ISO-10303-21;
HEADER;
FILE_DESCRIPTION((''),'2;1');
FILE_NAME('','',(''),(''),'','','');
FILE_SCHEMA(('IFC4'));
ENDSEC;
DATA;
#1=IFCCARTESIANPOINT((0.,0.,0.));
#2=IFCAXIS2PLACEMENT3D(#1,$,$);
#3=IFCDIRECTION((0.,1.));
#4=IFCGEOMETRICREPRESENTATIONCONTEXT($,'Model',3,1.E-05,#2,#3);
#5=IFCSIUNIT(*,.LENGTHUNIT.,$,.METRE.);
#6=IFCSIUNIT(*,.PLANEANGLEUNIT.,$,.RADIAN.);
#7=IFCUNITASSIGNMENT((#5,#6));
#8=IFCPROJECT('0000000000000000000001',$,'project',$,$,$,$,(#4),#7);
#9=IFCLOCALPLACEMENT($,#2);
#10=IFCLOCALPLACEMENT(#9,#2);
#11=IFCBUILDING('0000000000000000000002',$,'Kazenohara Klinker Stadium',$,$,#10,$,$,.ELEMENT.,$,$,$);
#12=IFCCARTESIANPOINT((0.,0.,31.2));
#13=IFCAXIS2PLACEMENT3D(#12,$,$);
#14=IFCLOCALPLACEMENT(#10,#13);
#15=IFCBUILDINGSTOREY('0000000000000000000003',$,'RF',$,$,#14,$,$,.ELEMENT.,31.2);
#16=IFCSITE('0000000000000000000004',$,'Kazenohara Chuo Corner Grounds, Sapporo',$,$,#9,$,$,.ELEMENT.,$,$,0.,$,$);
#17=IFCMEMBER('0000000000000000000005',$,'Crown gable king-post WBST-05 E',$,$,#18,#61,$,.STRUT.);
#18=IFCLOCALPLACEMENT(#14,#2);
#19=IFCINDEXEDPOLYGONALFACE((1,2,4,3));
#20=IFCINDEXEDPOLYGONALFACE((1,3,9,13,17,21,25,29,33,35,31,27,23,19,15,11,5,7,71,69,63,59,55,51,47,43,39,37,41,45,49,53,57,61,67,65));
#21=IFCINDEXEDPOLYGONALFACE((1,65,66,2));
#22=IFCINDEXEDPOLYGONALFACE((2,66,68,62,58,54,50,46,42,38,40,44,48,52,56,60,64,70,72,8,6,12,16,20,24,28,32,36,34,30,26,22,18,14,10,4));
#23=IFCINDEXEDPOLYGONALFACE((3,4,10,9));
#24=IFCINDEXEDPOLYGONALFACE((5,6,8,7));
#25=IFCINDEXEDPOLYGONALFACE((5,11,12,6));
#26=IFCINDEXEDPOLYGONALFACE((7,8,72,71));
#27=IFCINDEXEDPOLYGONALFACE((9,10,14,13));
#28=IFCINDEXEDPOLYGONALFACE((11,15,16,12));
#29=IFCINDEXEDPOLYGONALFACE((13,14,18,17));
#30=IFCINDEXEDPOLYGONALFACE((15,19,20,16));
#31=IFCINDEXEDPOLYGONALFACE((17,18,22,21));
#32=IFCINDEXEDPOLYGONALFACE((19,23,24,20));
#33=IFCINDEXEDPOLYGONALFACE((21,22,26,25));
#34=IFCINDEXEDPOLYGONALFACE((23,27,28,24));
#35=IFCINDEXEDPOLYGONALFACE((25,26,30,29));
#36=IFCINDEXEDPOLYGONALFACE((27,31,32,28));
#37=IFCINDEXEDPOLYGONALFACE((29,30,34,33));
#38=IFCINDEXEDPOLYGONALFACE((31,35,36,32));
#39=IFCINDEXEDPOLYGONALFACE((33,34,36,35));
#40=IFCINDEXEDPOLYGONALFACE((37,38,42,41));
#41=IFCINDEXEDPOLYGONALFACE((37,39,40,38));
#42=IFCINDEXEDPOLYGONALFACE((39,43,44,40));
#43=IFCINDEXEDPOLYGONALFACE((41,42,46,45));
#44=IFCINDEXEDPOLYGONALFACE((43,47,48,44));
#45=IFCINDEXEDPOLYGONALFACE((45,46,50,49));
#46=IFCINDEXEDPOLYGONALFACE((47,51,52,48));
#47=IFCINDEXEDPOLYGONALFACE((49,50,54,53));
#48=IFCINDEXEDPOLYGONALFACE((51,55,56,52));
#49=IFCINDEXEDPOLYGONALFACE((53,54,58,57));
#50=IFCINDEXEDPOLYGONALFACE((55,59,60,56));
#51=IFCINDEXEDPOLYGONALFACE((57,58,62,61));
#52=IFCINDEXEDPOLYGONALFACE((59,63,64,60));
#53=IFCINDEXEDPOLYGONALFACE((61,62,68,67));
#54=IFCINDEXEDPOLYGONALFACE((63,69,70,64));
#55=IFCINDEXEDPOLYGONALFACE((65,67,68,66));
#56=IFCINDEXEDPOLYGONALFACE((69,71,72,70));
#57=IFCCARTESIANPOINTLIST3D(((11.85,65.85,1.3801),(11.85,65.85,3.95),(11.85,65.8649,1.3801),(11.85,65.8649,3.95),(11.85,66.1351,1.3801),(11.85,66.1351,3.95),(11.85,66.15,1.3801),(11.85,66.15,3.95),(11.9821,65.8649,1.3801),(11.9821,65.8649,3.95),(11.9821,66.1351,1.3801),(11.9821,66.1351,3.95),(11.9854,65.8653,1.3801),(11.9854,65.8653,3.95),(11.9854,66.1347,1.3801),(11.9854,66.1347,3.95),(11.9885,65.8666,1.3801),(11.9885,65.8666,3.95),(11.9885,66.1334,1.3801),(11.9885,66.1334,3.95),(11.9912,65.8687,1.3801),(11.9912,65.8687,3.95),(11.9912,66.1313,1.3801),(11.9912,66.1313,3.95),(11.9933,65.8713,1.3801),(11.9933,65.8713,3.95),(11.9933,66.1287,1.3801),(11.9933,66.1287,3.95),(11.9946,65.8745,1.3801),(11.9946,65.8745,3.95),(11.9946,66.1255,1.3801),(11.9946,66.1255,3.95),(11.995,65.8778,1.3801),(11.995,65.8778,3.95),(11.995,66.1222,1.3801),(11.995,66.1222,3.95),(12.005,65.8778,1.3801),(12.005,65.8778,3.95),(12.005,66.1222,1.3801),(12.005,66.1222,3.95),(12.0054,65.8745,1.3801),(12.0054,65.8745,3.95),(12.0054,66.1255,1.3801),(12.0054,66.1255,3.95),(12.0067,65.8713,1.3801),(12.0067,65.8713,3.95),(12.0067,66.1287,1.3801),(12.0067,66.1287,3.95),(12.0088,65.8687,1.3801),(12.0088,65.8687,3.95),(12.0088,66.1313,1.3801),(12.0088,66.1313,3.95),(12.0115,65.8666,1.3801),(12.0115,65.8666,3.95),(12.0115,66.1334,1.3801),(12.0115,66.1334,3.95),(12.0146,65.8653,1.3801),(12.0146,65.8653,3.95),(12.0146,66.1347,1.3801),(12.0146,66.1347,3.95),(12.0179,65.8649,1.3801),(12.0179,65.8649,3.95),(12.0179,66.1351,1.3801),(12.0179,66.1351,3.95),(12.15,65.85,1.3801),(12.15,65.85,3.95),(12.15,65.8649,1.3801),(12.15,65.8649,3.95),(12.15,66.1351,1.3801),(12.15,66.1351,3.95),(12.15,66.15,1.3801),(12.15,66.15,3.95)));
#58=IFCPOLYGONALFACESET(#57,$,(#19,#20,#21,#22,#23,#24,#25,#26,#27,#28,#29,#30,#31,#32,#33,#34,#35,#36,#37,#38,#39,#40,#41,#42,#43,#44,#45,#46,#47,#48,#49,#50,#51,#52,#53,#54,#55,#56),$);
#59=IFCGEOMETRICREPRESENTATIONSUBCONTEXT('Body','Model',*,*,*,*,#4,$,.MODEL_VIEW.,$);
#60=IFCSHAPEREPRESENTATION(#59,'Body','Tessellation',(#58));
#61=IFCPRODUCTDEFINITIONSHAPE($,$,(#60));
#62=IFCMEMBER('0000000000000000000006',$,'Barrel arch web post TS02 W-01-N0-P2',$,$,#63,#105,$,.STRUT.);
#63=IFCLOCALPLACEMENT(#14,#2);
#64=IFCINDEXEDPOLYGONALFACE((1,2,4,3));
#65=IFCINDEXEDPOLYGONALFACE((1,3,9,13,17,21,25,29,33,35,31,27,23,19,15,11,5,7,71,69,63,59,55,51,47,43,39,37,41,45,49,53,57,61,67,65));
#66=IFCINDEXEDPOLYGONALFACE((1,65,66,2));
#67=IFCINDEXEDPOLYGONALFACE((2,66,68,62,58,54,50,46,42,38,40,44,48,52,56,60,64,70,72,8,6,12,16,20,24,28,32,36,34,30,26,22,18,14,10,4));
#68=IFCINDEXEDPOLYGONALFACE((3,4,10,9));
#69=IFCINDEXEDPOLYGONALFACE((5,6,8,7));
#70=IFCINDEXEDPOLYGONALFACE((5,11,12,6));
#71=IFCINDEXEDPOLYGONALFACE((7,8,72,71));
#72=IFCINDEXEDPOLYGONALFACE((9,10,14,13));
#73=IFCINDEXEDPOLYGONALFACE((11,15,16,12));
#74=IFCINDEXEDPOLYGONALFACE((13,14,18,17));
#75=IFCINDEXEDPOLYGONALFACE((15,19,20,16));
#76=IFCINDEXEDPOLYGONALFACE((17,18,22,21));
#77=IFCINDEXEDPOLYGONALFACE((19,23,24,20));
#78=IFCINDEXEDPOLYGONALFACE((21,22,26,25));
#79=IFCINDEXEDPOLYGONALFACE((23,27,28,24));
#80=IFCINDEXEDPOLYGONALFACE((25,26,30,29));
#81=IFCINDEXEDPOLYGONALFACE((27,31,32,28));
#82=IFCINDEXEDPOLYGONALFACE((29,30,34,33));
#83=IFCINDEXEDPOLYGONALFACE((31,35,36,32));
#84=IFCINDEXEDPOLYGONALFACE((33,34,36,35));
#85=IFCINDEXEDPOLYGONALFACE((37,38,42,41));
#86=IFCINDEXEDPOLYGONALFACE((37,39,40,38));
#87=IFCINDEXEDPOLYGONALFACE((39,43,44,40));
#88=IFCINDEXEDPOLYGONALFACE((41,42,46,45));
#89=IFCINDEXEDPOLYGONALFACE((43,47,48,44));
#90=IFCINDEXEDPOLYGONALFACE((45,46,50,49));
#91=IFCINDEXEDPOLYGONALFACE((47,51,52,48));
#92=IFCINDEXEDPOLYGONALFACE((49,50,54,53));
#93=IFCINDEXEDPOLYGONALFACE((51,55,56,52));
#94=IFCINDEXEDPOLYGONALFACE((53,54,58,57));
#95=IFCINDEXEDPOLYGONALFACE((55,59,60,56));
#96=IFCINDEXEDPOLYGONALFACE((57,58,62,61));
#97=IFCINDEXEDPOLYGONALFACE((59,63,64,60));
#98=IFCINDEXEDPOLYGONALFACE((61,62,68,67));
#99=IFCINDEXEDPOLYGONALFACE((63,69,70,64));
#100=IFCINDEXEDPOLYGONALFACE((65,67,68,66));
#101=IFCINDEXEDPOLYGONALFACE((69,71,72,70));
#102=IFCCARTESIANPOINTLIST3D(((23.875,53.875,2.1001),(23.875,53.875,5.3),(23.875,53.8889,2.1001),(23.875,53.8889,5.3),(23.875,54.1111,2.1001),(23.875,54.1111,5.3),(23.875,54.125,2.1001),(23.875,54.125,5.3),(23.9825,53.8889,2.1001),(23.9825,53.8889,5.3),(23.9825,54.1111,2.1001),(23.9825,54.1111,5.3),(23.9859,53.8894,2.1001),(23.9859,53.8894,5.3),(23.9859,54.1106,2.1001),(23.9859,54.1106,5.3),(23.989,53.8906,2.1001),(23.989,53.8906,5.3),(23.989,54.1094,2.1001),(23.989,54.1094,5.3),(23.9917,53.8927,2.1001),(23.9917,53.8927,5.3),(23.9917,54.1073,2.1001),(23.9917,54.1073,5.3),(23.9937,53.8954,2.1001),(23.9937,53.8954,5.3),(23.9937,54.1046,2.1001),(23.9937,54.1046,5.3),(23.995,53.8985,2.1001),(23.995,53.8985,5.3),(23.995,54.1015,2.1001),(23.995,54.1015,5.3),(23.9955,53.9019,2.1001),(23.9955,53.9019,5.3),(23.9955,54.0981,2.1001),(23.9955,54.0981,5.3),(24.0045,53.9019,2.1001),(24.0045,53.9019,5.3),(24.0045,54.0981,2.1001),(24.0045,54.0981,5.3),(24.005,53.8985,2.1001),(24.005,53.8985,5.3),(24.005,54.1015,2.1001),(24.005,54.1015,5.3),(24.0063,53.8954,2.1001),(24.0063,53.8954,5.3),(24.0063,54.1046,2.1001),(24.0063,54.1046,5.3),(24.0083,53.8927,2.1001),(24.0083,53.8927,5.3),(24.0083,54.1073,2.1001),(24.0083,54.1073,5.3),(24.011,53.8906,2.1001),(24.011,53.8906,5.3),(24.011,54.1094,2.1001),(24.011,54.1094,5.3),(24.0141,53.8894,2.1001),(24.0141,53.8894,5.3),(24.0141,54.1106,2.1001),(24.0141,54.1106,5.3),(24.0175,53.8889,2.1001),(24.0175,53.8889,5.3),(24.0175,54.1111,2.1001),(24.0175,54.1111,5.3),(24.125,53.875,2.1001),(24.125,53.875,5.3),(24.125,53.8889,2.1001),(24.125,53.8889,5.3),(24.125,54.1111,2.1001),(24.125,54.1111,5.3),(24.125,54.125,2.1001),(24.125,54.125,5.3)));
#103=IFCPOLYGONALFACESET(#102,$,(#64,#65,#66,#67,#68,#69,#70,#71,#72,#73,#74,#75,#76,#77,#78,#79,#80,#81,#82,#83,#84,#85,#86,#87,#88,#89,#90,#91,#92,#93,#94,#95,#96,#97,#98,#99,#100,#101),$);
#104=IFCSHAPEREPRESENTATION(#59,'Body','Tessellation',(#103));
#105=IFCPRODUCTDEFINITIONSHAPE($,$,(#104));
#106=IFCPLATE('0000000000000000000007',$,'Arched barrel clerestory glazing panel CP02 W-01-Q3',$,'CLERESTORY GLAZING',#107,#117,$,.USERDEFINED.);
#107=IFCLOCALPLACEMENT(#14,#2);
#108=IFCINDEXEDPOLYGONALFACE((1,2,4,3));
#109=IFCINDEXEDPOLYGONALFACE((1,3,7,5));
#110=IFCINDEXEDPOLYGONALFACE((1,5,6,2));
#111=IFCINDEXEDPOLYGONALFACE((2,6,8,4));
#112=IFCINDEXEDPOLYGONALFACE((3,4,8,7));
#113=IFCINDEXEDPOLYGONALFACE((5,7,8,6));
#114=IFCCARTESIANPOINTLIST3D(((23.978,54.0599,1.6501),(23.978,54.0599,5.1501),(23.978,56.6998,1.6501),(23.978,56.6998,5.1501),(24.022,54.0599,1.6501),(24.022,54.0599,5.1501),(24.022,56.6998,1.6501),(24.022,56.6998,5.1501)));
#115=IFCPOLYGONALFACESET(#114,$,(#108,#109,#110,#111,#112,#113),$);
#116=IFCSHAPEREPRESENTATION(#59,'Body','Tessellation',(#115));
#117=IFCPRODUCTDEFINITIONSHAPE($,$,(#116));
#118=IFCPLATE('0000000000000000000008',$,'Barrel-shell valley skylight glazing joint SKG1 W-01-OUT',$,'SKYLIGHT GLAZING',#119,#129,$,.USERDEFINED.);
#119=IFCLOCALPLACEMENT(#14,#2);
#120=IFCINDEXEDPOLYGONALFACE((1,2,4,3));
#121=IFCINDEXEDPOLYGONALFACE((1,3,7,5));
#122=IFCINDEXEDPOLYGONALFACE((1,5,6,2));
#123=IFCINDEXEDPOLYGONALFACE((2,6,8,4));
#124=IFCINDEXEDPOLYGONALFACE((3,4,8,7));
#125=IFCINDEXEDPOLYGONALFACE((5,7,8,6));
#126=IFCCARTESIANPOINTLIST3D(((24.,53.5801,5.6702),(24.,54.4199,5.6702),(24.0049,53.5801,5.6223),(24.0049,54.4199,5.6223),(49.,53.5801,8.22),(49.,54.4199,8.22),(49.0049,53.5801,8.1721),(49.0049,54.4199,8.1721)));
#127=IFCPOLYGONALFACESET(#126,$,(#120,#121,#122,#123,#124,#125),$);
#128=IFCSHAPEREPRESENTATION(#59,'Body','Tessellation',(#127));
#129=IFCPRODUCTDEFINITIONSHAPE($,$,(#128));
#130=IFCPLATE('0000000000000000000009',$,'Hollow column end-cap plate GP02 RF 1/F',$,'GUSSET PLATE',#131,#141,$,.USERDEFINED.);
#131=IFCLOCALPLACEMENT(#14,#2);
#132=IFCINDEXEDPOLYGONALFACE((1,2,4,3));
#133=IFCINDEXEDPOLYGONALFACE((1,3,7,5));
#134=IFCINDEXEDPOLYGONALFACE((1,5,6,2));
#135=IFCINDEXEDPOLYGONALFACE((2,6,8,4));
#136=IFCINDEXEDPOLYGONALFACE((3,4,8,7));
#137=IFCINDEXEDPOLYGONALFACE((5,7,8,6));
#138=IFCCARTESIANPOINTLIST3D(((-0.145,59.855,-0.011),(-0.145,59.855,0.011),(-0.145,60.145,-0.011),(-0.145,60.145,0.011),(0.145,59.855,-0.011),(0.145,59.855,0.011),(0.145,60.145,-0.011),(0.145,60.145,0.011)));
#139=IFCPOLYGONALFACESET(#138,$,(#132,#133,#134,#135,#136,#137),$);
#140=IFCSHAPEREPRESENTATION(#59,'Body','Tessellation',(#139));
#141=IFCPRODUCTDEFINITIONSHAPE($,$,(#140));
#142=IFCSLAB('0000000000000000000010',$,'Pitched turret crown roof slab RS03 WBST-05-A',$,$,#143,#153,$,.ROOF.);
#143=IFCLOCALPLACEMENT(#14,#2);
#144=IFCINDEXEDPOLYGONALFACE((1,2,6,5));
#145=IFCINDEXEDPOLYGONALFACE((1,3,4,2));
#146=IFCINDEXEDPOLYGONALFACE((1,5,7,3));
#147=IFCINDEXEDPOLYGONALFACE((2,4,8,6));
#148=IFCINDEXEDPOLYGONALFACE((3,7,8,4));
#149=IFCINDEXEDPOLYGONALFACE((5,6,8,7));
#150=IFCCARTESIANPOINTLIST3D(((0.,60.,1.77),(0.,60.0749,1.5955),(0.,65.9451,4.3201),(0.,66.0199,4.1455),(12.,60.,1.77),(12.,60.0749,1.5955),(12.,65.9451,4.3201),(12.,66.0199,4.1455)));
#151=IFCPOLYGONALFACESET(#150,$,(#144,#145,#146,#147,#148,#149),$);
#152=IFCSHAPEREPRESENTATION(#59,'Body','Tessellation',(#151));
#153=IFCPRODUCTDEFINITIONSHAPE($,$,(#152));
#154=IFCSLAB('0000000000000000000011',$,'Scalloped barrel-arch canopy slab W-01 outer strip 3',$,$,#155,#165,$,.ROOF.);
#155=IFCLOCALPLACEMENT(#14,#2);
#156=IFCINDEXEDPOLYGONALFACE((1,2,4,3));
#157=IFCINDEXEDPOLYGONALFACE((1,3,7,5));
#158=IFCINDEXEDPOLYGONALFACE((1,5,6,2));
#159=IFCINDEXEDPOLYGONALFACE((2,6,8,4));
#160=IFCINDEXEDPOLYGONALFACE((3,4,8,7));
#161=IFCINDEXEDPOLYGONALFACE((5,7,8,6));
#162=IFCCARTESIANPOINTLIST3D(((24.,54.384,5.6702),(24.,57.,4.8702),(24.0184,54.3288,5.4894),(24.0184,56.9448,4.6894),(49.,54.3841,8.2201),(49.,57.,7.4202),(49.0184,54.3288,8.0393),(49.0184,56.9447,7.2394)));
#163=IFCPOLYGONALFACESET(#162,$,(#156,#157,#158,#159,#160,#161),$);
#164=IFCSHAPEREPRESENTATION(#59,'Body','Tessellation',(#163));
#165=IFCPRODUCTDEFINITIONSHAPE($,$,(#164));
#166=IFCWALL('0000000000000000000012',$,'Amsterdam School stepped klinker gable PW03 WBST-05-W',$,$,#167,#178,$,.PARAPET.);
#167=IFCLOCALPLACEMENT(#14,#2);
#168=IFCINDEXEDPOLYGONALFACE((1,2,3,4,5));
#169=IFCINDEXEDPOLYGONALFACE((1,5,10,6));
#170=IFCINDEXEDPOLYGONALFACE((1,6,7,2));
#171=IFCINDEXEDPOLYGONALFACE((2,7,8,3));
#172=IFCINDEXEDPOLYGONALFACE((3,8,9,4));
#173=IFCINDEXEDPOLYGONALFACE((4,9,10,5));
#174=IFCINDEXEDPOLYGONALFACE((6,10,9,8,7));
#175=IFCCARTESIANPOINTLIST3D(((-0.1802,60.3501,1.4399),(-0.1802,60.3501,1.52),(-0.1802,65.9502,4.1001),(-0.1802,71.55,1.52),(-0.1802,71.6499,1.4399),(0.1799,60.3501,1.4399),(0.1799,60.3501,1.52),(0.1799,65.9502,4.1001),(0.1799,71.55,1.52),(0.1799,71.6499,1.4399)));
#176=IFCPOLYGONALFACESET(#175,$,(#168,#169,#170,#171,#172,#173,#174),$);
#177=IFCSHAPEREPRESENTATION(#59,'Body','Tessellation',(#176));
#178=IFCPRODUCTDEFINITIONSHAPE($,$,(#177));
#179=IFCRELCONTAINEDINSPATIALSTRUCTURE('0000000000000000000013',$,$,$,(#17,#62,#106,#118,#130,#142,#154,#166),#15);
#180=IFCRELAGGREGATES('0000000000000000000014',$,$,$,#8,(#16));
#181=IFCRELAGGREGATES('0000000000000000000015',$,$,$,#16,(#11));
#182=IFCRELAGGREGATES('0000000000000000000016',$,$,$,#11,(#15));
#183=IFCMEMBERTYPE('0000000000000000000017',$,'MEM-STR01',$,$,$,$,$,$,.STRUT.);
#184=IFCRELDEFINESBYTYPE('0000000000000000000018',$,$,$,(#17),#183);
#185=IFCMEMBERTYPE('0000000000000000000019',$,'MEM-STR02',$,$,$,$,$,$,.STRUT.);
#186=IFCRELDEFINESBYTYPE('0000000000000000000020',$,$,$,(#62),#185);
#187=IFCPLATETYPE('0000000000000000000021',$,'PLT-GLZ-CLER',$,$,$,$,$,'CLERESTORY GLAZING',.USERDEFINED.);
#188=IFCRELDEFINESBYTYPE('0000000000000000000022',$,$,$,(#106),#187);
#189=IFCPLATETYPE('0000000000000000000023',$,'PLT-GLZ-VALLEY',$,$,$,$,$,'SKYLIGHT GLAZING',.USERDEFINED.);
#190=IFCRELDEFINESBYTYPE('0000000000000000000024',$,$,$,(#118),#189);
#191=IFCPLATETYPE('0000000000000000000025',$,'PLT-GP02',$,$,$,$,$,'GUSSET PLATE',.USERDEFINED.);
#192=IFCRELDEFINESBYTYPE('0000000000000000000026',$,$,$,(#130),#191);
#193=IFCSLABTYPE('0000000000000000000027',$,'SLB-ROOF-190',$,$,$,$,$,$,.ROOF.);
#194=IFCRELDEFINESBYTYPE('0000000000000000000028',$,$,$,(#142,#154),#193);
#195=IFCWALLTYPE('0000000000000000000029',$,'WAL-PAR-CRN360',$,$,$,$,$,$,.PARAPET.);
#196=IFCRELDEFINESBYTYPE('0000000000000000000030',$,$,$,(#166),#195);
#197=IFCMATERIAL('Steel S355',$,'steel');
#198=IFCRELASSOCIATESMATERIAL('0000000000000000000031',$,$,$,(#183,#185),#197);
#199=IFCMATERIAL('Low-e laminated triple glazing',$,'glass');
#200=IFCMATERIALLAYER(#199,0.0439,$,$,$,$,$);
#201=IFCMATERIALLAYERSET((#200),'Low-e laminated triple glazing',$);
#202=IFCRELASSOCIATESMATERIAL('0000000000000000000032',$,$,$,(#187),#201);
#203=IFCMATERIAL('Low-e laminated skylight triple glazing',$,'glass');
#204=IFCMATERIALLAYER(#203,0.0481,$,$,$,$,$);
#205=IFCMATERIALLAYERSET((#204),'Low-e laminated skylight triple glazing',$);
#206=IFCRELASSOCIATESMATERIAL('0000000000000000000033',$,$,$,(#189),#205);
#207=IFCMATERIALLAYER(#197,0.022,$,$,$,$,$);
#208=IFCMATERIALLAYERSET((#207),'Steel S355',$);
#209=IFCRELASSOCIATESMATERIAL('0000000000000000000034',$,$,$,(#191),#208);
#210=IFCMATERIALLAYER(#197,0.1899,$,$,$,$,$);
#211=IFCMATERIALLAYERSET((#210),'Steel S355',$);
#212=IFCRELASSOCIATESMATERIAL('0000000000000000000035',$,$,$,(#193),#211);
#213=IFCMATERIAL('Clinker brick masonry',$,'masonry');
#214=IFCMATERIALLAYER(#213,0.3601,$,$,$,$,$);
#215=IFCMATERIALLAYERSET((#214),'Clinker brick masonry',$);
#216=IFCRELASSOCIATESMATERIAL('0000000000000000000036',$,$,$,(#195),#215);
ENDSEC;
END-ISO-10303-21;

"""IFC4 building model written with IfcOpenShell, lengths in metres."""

from ifc_helpers import new_model, si_unit, direction, frame, origin, origin_2d, place, context, subcontext, project, spatial, polyline, rectangle, i_section, outline, extrude, material, layer, layer_set, material_profile, profile_set, type_object, element, save


model = new_model("IFC4")

# Units and contexts
model_context = context("Model", 3, precision=1e-05, world=origin(), true_north=direction((0.0, 1.0)))
body_context = subcontext(model_context, "Body", "Model", "MODEL_VIEW")
ifc_project = project(units=[si_unit("LENGTHUNIT", "METRE"), si_unit("PLANEANGLEUNIT", "RADIAN")], contexts=[model_context])

# Site, building, storey
site_placement = place(None, origin())
site = spatial("IfcSite", under=ifc_project, at=site_placement, Name="Kazenohara Chuo Corner Grounds, Sapporo", CompositionType="ELEMENT", RefElevation=0.0)
building_placement = place(site_placement, origin())
building = spatial("IfcBuilding", under=site, at=building_placement, Name="Kazenohara Klinker Stadium", CompositionType="ELEMENT")
storey_placement = place(building_placement, frame((0.0, 0.0, 31.2)))
storey = spatial("IfcBuildingStorey", under=building, at=storey_placement, Name="RF", CompositionType="ELEMENT", Elevation=31.2)

# Members
ifc_material_1 = material(Name="Steel S355", Category="steel")
ifc_material_profile_1 = material_profile(ifc_material_1, i_section(OverallWidth=0.3, OverallDepth=0.3, WebThickness=0.01, FlangeThickness=0.0149, FilletRadius=0.0129, at=origin_2d()), Name="H-300x300x10x15")
ifc_profile_set_1 = profile_set([ifc_material_profile_1], Name="Steel S355")
member_type_1 = type_object("IfcMemberType", Name="MEM-STR01", PredefinedType="STRUT", material=ifc_profile_set_1)
for number, where, z_axis, x_axis, name in (
    (1, (12.0, 66.0, 1.3801), (0.0, 0.0, 1.0), (1.0, 0.0, 0.0), "Crown gable king-post WBST-05 E"),
):
    element("IfcMember", number, at=place(storey_placement, frame(where, z_axis=z_axis, x_axis=x_axis)), inside=storey, type_object=member_type_1, Name=name, PredefinedType="STRUT", context=body_context, shape_type="SweptSolid", body=[
        extrude(i_section(OverallWidth=0.3, OverallDepth=0.3, WebThickness=0.01, FlangeThickness=0.0149, FilletRadius=0.0129, at=origin_2d()), origin(), (0.0, 0.0, 1.0), 2.5698),
    ])
ifc_material_profile_2 = material_profile(ifc_material_1, i_section(OverallWidth=0.25, OverallDepth=0.25, WebThickness=0.009, FlangeThickness=0.0139, FilletRadius=0.0129, at=origin_2d()), Name="H-250x250x9x14")
ifc_profile_set_2 = profile_set([ifc_material_profile_2], Name="Steel S355")
member_type_2 = type_object("IfcMemberType", Name="MEM-STR02", PredefinedType="STRUT", material=ifc_profile_set_2)
member_1_placement = place(storey_placement, frame((24.0, 54.0, 2.1001), z_axis=(0.0, 0.0, 1.0), x_axis=(1.0, 0.0, 0.0)))
element("IfcMember", 2, at=member_1_placement, inside=storey, type_object=member_type_2, Name="Barrel arch web post TS02 W-01-N0-P2", PredefinedType="STRUT", context=body_context, shape_type="SweptSolid", body=[
    extrude(i_section(OverallWidth=0.25, OverallDepth=0.25, WebThickness=0.009, FlangeThickness=0.0139, FilletRadius=0.0129, at=origin_2d()), origin(), (0.0, 0.0, 1.0), 3.2),
])

# Plates
ifc_material_2 = material(Name="Low-e laminated triple glazing", Category="glass")
ifc_layer_1 = layer(ifc_material_2, 0.0439)
ifc_layer_set_1 = layer_set([ifc_layer_1], Name="Low-e laminated triple glazing")
plate_type_1 = type_object("IfcPlateType", Name="PLT-GLZ-CLER", ElementType="CLERESTORY GLAZING", PredefinedType="USERDEFINED", material=ifc_layer_set_1)
plate_1_placement = place(storey_placement, frame((24.0, 55.3799, 1.6501), z_axis=(0.0, 0.0, 1.0), x_axis=(1.0, 0.0, 0.0)))
element("IfcPlate", 3, at=plate_1_placement, inside=storey, type_object=plate_type_1, Name="Arched barrel clerestory glazing panel CP02 W-01-Q3", ObjectType="CLERESTORY GLAZING", PredefinedType="USERDEFINED", context=body_context, shape_type="SweptSolid", body=[
    extrude(rectangle(XDim=0.0439, YDim=2.6399, at=origin_2d()), origin(), (0.0, 0.0, 1.0), 3.5),
])
ifc_material_3 = material(Name="Low-e laminated skylight triple glazing", Category="glass")
ifc_layer_2 = layer(ifc_material_3, 0.0481)
ifc_layer_set_2 = layer_set([ifc_layer_2], Name="Low-e laminated skylight triple glazing")
plate_type_2 = type_object("IfcPlateType", Name="PLT-GLZ-VALLEY", ElementType="SKYLIGHT GLAZING", PredefinedType="USERDEFINED", material=ifc_layer_set_2)
plate_2_placement = place(storey_placement, frame((24.0, 53.5801, 5.6702), z_axis=(-0.101466, 0.0, 0.994839), x_axis=(0.994839, 0.0, 0.101466)))
element("IfcPlate", 4, at=plate_2_placement, inside=storey, type_object=plate_type_2, Name="Barrel-shell valley skylight glazing joint SKG1 W-01-OUT", ObjectType="SKYLIGHT GLAZING", PredefinedType="USERDEFINED", context=body_context, shape_type="SweptSolid", body=[
    extrude(outline(polyline([(0.0, 0.0), (25.1297, 0.0), (25.1297, 0.8398), (0.0, 0.8398), (0.0, 0.0)])), origin(), (0.0, 0.0, -1.0), 0.0481),
])
ifc_layer_3 = layer(ifc_material_1, 0.022)
ifc_layer_set_3 = layer_set([ifc_layer_3], Name="Steel S355")
plate_type_3 = type_object("IfcPlateType", Name="PLT-GP02", ElementType="GUSSET PLATE", PredefinedType="USERDEFINED", material=ifc_layer_set_3)
plate_3_placement = place(storey_placement, frame((0.0, 60.0, -0.011), z_axis=(0.0, 0.0, 1.0), x_axis=(1.0, 0.0, 0.0)))
element("IfcPlate", 5, at=plate_3_placement, inside=storey, type_object=plate_type_3, Name="Hollow column end-cap plate GP02 RF 1/F", ObjectType="GUSSET PLATE", PredefinedType="USERDEFINED", context=body_context, shape_type="SweptSolid", body=[
    extrude(rectangle(XDim=0.29, YDim=0.29, at=origin_2d()), origin(), (0.0, 0.0, 1.0), 0.022),
])

# Slabs
ifc_layer_4 = layer(ifc_material_1, 0.1899)
ifc_layer_set_4 = layer_set([ifc_layer_4], Name="Steel S355")
slab_type = type_object("IfcSlabType", Name="SLB-ROOF-190", PredefinedType="ROOF", material=ifc_layer_set_4)
slab_1_placement = place(storey_placement, frame((0.0, 60.0, 1.77), z_axis=(0.0, -0.394202, 0.919024), x_axis=(1.0, 0.0, 0.0)))
element("IfcSlab", 6, at=slab_1_placement, inside=storey, type_object=slab_type, Name="Pitched turret crown roof slab RS03 WBST-05-A", PredefinedType="ROOF", context=body_context, shape_type="SweptSolid", body=[
    extrude(outline(polyline([(0.0, 0.0), (12.0, 0.0), (12.0, 6.4689), (0.0, 6.4689), (0.0, 0.0)])), origin(), (0.0, 0.0, -1.0), 0.1899),
])
slab_2_placement = place(storey_placement, frame((24.0, 54.384, 5.6702), z_axis=(-0.097078, 0.291039, 0.951773), x_axis=(0.994839, 0.000001, 0.10147)))
element("IfcSlab", 7, at=slab_2_placement, inside=storey, type_object=slab_type, Name="Scalloped barrel-arch canopy slab W-01 outer strip 3", PredefinedType="ROOF", context=body_context, shape_type="SweptSolid", body=[
    extrude(outline(polyline([(0.0, 0.0), (25.1297, 0.0), (25.0485, 2.7343), (-0.0812, 2.7344), (0.0, 0.0)])), origin(), (0.0, 0.0, -1.0), 0.1899),
])

# Wall
ifc_material_4 = material(Name="Clinker brick masonry", Category="masonry")
ifc_layer_5 = layer(ifc_material_4, 0.3601)
ifc_layer_set_5 = layer_set([ifc_layer_5], Name="Clinker brick masonry")
wall_type = type_object("IfcWallType", Name="WAL-PAR-CRN360", PredefinedType="PARAPET", material=ifc_layer_set_5)
for number, where, z_axis, x_axis, name in (
    (8, (0.0, 60.3501, 1.4399), (0.0, 0.0, 1.0), (0.0, 1.0, 0.0), "Amsterdam School stepped klinker gable PW03 WBST-05-W"),
):
    element("IfcWall", number, at=place(storey_placement, frame(where, z_axis=z_axis, x_axis=x_axis)), inside=storey, type_object=wall_type, Name=name, PredefinedType="PARAPET", context=body_context, shape_type="SweptSolid", body=[
        extrude(outline(polyline([(0.0, 0.0), (11.2998, 0.0), (11.2, 0.0801), (5.6001, 2.6602), (0.0, 0.0801), (0.0, 0.0)])), frame((0.0, 0.1802, 0.0), z_axis=(0.0, -1.0, 0.0), x_axis=(1.0, 0.0, 0.0)), (0.0, 0.0, 1.0), 0.3601),
    ])

save(model, "model.ifc")
